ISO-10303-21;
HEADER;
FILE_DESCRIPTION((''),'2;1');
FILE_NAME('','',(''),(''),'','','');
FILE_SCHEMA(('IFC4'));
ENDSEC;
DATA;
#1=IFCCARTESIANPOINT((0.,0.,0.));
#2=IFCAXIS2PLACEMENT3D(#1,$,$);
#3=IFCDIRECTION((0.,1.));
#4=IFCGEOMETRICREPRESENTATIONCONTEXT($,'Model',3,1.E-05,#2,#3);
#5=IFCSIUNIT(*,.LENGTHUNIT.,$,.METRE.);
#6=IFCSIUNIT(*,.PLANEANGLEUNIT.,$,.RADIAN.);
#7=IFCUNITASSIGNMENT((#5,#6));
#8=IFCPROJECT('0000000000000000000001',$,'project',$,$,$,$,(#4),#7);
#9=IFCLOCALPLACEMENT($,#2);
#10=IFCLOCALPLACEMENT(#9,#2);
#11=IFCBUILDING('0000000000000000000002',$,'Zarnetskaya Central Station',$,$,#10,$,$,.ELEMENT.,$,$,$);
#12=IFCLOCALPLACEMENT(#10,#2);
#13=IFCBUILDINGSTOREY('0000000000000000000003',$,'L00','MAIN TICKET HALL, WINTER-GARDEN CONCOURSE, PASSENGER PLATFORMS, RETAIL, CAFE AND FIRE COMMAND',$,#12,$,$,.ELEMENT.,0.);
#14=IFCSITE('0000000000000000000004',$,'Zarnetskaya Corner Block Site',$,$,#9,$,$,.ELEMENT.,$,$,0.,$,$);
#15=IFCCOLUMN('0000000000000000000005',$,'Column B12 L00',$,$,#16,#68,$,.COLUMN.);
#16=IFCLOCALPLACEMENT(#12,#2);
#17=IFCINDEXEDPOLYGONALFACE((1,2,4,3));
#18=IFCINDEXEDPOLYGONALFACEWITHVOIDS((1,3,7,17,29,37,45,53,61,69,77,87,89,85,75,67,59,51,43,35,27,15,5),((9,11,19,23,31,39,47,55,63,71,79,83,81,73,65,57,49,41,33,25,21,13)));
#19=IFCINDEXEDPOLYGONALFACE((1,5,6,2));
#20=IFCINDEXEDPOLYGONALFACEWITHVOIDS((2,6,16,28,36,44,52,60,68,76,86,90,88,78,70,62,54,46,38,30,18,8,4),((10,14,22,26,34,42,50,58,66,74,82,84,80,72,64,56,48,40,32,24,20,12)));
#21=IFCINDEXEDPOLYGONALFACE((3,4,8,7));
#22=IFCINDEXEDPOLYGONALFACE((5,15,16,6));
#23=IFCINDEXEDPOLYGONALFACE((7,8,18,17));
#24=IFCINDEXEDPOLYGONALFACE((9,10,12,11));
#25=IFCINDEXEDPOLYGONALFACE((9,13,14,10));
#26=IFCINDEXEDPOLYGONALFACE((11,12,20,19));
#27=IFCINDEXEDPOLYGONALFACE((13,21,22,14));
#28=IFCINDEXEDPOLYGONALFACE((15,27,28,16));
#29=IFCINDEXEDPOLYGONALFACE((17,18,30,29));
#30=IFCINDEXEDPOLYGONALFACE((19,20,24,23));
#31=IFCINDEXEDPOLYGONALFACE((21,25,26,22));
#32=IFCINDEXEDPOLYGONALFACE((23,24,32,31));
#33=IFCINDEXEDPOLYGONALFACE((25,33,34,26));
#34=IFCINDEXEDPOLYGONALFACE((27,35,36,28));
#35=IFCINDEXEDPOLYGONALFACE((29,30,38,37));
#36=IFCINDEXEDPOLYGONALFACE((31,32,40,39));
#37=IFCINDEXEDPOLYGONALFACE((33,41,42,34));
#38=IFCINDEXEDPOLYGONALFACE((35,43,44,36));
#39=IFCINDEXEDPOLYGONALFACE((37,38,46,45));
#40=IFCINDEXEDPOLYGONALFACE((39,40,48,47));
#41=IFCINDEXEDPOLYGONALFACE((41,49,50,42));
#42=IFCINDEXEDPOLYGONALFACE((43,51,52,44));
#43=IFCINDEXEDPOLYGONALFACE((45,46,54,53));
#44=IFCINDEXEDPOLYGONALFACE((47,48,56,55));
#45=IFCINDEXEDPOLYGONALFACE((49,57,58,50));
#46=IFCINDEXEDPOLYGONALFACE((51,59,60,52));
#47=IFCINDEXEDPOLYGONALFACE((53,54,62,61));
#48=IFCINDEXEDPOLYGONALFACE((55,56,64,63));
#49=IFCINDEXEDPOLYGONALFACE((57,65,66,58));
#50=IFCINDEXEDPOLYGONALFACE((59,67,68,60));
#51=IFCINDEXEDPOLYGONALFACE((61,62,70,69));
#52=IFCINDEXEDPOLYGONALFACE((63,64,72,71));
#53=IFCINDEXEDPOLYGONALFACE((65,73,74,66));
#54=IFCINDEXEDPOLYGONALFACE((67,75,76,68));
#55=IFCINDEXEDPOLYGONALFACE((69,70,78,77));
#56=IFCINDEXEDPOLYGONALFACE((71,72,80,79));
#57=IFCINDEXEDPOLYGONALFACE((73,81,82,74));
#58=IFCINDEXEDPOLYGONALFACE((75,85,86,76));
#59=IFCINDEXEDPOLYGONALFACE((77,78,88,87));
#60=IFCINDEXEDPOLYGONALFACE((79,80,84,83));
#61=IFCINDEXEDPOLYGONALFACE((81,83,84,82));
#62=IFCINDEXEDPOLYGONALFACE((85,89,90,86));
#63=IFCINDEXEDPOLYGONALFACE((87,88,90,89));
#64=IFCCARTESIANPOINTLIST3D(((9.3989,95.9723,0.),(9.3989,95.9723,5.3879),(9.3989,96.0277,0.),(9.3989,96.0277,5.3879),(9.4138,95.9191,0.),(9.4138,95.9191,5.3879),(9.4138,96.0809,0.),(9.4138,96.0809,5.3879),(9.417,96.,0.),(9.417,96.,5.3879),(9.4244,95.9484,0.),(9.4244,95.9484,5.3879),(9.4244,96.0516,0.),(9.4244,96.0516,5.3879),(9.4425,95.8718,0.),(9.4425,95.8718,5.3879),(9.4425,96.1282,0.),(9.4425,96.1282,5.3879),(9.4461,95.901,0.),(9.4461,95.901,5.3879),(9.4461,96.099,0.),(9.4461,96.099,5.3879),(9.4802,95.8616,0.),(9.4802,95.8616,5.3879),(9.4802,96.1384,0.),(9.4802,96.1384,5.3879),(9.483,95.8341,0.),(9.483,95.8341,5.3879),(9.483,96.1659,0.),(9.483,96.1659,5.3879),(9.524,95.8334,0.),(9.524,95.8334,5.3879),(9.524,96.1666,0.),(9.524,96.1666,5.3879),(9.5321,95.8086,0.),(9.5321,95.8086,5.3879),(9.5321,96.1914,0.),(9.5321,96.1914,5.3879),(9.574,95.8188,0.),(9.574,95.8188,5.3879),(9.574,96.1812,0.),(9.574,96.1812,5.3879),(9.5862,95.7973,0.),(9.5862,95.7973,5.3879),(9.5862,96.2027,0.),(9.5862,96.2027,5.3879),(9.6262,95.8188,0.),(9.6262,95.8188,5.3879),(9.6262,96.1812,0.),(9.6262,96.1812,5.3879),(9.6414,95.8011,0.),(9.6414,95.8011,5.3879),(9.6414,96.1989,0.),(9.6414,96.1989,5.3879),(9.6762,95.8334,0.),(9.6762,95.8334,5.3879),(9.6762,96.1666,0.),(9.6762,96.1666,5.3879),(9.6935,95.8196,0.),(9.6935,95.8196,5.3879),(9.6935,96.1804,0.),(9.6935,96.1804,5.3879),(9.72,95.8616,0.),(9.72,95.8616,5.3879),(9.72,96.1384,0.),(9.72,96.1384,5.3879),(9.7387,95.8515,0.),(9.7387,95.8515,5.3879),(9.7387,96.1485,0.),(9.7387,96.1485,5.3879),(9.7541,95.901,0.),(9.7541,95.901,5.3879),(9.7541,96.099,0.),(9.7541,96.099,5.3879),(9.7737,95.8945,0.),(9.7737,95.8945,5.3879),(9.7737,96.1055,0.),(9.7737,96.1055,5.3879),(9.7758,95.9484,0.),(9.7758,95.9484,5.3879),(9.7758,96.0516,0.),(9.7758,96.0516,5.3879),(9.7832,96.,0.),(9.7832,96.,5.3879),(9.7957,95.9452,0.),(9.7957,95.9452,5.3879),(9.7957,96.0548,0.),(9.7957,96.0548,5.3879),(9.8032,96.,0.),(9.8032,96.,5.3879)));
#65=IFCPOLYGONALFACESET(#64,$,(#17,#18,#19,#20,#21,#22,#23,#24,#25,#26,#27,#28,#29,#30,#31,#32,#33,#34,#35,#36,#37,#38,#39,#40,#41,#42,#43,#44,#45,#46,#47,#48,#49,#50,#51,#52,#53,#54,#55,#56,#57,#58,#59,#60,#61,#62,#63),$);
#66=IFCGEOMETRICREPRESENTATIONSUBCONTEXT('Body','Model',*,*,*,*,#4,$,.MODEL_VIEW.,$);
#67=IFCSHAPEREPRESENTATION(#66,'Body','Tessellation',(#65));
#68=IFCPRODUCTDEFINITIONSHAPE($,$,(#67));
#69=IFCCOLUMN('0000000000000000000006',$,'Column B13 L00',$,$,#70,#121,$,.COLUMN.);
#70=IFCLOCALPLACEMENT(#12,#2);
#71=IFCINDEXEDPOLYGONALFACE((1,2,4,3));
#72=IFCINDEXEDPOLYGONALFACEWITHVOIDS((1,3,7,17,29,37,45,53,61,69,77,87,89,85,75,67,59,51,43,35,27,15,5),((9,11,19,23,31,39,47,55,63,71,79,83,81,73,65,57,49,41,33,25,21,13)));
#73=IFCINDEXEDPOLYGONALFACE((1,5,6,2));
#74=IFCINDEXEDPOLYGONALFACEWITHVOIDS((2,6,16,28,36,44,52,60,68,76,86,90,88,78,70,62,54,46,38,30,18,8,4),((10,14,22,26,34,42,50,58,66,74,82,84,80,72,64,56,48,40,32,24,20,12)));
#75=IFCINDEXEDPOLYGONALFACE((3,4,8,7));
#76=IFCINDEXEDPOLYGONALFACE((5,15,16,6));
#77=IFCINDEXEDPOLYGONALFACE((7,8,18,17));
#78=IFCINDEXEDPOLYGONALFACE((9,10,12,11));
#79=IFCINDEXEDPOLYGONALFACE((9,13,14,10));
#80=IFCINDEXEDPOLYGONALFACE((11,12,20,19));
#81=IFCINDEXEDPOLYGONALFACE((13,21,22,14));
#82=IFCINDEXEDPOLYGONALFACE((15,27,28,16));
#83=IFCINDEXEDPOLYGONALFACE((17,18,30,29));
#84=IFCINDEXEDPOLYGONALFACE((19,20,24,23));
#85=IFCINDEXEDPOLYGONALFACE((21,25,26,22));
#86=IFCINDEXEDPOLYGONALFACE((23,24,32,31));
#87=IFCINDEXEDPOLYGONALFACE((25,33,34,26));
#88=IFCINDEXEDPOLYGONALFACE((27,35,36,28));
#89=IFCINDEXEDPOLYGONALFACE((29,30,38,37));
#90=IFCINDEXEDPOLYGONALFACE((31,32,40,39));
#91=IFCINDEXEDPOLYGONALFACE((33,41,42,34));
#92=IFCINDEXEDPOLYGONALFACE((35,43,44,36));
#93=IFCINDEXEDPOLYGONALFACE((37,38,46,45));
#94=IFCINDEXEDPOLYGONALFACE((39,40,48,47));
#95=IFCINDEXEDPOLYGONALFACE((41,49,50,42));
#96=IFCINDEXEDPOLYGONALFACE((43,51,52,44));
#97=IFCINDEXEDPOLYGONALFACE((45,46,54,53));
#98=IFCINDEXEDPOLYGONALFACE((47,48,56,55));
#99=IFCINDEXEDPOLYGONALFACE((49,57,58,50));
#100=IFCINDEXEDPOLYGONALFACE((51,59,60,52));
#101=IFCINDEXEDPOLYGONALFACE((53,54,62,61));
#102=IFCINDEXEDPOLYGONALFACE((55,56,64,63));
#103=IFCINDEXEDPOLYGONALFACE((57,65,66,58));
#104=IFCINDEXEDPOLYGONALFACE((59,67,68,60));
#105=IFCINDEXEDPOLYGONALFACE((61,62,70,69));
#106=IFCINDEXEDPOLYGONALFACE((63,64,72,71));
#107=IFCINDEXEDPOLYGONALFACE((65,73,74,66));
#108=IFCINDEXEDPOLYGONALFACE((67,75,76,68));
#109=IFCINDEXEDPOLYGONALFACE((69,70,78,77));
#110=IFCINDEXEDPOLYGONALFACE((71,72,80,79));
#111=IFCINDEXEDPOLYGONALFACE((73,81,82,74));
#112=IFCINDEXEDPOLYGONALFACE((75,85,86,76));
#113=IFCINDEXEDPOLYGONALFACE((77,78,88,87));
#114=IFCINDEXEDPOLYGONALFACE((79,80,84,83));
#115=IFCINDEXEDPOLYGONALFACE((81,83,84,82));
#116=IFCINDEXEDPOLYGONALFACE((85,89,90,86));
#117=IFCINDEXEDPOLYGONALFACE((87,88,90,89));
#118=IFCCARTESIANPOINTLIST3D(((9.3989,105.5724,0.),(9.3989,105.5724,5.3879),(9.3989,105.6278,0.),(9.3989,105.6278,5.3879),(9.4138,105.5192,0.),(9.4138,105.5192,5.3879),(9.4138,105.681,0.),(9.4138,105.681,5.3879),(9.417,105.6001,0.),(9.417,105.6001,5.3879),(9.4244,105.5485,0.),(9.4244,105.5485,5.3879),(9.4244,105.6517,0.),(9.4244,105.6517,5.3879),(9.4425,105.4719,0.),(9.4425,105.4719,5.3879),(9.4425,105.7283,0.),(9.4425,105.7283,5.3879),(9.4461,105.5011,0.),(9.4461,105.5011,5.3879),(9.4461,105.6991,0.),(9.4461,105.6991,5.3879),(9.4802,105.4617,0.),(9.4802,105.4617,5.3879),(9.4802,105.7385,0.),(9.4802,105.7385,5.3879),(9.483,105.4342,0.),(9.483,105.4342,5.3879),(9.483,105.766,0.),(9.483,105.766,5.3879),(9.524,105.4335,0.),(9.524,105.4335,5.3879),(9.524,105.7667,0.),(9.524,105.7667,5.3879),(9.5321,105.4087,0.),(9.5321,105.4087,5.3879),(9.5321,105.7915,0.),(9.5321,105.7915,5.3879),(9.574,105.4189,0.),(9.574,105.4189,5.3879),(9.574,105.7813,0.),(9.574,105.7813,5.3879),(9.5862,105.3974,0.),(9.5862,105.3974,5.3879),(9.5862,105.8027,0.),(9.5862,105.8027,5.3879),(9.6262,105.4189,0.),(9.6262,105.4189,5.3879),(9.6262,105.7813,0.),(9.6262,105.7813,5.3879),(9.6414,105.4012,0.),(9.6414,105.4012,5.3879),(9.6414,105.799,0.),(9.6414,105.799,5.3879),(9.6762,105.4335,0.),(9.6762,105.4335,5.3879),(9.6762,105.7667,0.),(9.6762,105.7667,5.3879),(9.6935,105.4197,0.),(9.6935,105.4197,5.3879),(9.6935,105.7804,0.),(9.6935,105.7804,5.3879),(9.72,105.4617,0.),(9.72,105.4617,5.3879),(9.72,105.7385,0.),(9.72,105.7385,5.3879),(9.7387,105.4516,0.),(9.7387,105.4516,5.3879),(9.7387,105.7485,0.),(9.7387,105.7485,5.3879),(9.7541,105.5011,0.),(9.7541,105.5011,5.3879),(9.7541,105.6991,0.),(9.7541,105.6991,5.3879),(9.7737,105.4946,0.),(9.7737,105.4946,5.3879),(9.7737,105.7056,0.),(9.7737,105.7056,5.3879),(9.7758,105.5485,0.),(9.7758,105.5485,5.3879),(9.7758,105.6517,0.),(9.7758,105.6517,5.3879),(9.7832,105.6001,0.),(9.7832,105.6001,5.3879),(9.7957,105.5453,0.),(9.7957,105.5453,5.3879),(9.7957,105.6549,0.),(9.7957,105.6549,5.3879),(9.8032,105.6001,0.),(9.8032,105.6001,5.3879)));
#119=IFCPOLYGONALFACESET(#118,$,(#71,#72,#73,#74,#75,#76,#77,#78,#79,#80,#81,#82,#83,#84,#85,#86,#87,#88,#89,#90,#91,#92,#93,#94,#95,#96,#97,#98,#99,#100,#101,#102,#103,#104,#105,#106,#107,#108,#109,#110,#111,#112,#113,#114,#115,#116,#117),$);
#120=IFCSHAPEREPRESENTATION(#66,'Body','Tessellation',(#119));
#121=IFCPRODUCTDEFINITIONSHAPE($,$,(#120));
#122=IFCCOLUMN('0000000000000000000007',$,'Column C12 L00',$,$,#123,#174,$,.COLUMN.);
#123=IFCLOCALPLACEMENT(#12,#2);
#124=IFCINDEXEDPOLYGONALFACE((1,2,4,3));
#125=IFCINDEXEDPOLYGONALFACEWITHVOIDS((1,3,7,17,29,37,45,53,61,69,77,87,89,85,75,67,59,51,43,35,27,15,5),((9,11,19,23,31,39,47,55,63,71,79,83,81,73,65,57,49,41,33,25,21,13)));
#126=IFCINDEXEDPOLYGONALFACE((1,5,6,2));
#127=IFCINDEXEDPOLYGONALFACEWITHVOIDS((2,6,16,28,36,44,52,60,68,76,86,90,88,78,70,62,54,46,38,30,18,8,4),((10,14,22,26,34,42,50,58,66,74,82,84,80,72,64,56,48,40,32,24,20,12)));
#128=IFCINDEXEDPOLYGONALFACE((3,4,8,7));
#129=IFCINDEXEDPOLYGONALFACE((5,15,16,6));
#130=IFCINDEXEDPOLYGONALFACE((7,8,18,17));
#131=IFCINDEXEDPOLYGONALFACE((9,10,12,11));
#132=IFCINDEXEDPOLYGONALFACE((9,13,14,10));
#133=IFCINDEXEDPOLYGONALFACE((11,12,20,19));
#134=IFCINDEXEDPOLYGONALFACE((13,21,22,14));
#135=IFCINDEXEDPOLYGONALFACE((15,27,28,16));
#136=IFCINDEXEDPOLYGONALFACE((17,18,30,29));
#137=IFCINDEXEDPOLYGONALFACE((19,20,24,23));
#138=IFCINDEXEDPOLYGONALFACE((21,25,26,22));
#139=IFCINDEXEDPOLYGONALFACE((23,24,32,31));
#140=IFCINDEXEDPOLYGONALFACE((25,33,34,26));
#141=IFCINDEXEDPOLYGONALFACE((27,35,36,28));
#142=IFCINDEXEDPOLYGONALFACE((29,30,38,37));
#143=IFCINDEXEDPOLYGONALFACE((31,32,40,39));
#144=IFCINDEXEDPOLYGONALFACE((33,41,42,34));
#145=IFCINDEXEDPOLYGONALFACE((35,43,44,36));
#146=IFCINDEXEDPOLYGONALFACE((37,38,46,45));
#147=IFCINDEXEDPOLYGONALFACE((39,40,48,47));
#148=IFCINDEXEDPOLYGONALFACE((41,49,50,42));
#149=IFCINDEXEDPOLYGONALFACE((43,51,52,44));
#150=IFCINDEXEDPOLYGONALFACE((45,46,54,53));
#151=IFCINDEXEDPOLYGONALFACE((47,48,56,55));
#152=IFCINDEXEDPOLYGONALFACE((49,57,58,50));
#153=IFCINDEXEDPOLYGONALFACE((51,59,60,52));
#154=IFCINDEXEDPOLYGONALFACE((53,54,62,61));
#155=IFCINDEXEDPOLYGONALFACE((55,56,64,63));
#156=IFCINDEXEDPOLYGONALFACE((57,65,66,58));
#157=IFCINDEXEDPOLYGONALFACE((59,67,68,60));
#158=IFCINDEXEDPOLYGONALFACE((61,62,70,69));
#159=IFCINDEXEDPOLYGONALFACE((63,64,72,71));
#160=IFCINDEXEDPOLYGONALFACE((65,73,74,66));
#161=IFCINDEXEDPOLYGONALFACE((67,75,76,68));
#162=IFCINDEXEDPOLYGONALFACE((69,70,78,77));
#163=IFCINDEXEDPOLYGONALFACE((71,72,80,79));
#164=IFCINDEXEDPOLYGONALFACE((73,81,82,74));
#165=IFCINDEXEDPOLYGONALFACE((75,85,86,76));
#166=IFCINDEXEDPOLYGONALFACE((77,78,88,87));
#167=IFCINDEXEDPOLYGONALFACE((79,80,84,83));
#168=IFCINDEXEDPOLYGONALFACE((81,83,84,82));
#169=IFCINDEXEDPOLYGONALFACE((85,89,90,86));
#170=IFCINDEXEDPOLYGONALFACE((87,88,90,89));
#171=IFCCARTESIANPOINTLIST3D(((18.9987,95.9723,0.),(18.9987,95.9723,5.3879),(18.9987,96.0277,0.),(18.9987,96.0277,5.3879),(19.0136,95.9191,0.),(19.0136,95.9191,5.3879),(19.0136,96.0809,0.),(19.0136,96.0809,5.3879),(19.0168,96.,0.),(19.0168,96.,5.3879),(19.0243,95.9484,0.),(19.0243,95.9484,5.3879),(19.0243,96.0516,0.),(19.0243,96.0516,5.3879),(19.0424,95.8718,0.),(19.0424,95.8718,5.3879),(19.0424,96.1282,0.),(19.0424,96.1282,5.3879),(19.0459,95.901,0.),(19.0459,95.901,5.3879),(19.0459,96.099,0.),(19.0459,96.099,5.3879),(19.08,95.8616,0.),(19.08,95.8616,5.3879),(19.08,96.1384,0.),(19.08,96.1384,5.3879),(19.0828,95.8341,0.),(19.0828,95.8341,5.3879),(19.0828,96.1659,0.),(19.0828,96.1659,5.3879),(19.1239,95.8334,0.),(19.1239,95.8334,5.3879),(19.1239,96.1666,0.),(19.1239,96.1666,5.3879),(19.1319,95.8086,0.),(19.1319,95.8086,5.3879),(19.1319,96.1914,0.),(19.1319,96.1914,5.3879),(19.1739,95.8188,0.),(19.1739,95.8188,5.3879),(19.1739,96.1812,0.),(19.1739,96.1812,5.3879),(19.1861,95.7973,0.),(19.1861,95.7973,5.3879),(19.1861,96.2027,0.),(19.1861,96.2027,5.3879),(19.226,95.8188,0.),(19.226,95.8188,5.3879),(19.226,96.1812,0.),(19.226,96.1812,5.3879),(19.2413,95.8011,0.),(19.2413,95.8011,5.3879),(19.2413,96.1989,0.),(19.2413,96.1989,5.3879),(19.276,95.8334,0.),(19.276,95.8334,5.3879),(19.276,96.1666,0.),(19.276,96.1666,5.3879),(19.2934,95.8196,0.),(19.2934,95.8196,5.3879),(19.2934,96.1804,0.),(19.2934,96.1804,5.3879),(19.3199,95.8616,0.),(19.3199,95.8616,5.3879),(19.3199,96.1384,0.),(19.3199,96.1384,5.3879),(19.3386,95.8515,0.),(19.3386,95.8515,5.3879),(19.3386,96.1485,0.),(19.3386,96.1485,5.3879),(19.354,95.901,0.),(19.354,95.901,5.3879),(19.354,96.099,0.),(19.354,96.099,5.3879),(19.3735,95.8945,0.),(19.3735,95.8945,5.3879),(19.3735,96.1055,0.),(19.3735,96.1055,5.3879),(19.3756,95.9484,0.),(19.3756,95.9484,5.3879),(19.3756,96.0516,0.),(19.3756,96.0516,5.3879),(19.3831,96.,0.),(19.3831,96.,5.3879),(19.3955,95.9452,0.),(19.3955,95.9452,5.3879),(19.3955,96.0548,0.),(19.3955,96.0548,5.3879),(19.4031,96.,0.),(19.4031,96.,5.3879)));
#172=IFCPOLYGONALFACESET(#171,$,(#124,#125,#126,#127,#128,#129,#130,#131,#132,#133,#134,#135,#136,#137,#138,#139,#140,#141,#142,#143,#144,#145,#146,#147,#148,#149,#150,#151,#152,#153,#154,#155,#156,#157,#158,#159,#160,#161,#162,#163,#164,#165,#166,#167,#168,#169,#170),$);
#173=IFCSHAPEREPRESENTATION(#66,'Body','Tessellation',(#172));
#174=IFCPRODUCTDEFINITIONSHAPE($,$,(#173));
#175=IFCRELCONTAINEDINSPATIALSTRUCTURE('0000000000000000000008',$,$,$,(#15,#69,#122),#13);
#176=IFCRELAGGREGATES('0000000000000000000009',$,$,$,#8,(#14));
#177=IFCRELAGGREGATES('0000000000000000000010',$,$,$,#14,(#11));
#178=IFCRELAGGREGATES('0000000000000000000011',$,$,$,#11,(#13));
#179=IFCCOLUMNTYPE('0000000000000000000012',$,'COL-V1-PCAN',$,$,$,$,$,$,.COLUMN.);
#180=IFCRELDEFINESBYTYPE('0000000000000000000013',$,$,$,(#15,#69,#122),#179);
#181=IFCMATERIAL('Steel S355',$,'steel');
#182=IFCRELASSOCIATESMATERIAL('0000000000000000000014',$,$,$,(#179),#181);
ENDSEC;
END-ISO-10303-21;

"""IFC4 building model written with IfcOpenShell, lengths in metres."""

from ifc_helpers import new_model, si_unit, direction, frame, origin, origin_2d, place, context, subcontext, project, spatial, hollow_circle, extrude, material, material_profile, profile_set, type_object, element, save


model = new_model("IFC4")

# Units and contexts
model_context = context("Model", 3, precision=1e-05, world=origin(), true_north=direction((0.0, 1.0)))
body_context = subcontext(model_context, "Body", "Model", "MODEL_VIEW")
ifc_project = project(units=[si_unit("LENGTHUNIT", "METRE"), si_unit("PLANEANGLEUNIT", "RADIAN")], contexts=[model_context])

# Site, building, storey
site_placement = place(None, origin())
site = spatial("IfcSite", under=ifc_project, at=site_placement, Name="Zarnetskaya Corner Block Site", CompositionType="ELEMENT", RefElevation=0.0)
building_placement = place(site_placement, origin())
building = spatial("IfcBuilding", under=site, at=building_placement, Name="Zarnetskaya Central Station", CompositionType="ELEMENT")
storey_placement = place(building_placement, origin())
storey = spatial("IfcBuildingStorey", under=building, at=storey_placement, Name="L00", Description="MAIN TICKET HALL, WINTER-GARDEN CONCOURSE, PASSENGER PLATFORMS, RETAIL, CAFE AND FIRE COMMAND", CompositionType="ELEMENT", Elevation=0.0)

# Columns
ifc_material = material(Name="Steel S355", Category="steel")
ifc_material_profile_1 = material_profile(ifc_material, hollow_circle(Radius=0.2031, WallThickness=0.02, at=origin_2d()), Name="CHS 406.4x20")
ifc_profile_set_1 = profile_set([ifc_material_profile_1], Name="Steel S355")
column_type = type_object("IfcColumnType", Name="COL-V1-PCAN", PredefinedType="COLUMN", material=ifc_profile_set_1)
for number, where, z_axis, x_axis, name in (
    (1, (9.6001, 96.0, 0.0), (0.0, 0.0, 1.0), (1.0, 0.0, 0.0), "Column B12 L00"),
    (2, (9.6001, 105.6001, 0.0), (0.0, 0.0, 1.0), (1.0, 0.0, 0.0), "Column B13 L00"),
    (3, (19.2, 96.0, 0.0), (0.0, 0.0, 1.0), (1.0, 0.0, 0.0), "Column C12 L00"),
):
    element("IfcColumn", number, at=place(storey_placement, frame(where, z_axis=z_axis, x_axis=x_axis)), inside=storey, type_object=column_type, Name=name, PredefinedType="COLUMN", context=body_context, shape_type="SweptSolid", body=[
        extrude(hollow_circle(Radius=0.2031, WallThickness=0.02, at=origin_2d()), origin(), (0.0, 0.0, 1.0), 5.3879),
    ])

save(model, "model.ifc")
